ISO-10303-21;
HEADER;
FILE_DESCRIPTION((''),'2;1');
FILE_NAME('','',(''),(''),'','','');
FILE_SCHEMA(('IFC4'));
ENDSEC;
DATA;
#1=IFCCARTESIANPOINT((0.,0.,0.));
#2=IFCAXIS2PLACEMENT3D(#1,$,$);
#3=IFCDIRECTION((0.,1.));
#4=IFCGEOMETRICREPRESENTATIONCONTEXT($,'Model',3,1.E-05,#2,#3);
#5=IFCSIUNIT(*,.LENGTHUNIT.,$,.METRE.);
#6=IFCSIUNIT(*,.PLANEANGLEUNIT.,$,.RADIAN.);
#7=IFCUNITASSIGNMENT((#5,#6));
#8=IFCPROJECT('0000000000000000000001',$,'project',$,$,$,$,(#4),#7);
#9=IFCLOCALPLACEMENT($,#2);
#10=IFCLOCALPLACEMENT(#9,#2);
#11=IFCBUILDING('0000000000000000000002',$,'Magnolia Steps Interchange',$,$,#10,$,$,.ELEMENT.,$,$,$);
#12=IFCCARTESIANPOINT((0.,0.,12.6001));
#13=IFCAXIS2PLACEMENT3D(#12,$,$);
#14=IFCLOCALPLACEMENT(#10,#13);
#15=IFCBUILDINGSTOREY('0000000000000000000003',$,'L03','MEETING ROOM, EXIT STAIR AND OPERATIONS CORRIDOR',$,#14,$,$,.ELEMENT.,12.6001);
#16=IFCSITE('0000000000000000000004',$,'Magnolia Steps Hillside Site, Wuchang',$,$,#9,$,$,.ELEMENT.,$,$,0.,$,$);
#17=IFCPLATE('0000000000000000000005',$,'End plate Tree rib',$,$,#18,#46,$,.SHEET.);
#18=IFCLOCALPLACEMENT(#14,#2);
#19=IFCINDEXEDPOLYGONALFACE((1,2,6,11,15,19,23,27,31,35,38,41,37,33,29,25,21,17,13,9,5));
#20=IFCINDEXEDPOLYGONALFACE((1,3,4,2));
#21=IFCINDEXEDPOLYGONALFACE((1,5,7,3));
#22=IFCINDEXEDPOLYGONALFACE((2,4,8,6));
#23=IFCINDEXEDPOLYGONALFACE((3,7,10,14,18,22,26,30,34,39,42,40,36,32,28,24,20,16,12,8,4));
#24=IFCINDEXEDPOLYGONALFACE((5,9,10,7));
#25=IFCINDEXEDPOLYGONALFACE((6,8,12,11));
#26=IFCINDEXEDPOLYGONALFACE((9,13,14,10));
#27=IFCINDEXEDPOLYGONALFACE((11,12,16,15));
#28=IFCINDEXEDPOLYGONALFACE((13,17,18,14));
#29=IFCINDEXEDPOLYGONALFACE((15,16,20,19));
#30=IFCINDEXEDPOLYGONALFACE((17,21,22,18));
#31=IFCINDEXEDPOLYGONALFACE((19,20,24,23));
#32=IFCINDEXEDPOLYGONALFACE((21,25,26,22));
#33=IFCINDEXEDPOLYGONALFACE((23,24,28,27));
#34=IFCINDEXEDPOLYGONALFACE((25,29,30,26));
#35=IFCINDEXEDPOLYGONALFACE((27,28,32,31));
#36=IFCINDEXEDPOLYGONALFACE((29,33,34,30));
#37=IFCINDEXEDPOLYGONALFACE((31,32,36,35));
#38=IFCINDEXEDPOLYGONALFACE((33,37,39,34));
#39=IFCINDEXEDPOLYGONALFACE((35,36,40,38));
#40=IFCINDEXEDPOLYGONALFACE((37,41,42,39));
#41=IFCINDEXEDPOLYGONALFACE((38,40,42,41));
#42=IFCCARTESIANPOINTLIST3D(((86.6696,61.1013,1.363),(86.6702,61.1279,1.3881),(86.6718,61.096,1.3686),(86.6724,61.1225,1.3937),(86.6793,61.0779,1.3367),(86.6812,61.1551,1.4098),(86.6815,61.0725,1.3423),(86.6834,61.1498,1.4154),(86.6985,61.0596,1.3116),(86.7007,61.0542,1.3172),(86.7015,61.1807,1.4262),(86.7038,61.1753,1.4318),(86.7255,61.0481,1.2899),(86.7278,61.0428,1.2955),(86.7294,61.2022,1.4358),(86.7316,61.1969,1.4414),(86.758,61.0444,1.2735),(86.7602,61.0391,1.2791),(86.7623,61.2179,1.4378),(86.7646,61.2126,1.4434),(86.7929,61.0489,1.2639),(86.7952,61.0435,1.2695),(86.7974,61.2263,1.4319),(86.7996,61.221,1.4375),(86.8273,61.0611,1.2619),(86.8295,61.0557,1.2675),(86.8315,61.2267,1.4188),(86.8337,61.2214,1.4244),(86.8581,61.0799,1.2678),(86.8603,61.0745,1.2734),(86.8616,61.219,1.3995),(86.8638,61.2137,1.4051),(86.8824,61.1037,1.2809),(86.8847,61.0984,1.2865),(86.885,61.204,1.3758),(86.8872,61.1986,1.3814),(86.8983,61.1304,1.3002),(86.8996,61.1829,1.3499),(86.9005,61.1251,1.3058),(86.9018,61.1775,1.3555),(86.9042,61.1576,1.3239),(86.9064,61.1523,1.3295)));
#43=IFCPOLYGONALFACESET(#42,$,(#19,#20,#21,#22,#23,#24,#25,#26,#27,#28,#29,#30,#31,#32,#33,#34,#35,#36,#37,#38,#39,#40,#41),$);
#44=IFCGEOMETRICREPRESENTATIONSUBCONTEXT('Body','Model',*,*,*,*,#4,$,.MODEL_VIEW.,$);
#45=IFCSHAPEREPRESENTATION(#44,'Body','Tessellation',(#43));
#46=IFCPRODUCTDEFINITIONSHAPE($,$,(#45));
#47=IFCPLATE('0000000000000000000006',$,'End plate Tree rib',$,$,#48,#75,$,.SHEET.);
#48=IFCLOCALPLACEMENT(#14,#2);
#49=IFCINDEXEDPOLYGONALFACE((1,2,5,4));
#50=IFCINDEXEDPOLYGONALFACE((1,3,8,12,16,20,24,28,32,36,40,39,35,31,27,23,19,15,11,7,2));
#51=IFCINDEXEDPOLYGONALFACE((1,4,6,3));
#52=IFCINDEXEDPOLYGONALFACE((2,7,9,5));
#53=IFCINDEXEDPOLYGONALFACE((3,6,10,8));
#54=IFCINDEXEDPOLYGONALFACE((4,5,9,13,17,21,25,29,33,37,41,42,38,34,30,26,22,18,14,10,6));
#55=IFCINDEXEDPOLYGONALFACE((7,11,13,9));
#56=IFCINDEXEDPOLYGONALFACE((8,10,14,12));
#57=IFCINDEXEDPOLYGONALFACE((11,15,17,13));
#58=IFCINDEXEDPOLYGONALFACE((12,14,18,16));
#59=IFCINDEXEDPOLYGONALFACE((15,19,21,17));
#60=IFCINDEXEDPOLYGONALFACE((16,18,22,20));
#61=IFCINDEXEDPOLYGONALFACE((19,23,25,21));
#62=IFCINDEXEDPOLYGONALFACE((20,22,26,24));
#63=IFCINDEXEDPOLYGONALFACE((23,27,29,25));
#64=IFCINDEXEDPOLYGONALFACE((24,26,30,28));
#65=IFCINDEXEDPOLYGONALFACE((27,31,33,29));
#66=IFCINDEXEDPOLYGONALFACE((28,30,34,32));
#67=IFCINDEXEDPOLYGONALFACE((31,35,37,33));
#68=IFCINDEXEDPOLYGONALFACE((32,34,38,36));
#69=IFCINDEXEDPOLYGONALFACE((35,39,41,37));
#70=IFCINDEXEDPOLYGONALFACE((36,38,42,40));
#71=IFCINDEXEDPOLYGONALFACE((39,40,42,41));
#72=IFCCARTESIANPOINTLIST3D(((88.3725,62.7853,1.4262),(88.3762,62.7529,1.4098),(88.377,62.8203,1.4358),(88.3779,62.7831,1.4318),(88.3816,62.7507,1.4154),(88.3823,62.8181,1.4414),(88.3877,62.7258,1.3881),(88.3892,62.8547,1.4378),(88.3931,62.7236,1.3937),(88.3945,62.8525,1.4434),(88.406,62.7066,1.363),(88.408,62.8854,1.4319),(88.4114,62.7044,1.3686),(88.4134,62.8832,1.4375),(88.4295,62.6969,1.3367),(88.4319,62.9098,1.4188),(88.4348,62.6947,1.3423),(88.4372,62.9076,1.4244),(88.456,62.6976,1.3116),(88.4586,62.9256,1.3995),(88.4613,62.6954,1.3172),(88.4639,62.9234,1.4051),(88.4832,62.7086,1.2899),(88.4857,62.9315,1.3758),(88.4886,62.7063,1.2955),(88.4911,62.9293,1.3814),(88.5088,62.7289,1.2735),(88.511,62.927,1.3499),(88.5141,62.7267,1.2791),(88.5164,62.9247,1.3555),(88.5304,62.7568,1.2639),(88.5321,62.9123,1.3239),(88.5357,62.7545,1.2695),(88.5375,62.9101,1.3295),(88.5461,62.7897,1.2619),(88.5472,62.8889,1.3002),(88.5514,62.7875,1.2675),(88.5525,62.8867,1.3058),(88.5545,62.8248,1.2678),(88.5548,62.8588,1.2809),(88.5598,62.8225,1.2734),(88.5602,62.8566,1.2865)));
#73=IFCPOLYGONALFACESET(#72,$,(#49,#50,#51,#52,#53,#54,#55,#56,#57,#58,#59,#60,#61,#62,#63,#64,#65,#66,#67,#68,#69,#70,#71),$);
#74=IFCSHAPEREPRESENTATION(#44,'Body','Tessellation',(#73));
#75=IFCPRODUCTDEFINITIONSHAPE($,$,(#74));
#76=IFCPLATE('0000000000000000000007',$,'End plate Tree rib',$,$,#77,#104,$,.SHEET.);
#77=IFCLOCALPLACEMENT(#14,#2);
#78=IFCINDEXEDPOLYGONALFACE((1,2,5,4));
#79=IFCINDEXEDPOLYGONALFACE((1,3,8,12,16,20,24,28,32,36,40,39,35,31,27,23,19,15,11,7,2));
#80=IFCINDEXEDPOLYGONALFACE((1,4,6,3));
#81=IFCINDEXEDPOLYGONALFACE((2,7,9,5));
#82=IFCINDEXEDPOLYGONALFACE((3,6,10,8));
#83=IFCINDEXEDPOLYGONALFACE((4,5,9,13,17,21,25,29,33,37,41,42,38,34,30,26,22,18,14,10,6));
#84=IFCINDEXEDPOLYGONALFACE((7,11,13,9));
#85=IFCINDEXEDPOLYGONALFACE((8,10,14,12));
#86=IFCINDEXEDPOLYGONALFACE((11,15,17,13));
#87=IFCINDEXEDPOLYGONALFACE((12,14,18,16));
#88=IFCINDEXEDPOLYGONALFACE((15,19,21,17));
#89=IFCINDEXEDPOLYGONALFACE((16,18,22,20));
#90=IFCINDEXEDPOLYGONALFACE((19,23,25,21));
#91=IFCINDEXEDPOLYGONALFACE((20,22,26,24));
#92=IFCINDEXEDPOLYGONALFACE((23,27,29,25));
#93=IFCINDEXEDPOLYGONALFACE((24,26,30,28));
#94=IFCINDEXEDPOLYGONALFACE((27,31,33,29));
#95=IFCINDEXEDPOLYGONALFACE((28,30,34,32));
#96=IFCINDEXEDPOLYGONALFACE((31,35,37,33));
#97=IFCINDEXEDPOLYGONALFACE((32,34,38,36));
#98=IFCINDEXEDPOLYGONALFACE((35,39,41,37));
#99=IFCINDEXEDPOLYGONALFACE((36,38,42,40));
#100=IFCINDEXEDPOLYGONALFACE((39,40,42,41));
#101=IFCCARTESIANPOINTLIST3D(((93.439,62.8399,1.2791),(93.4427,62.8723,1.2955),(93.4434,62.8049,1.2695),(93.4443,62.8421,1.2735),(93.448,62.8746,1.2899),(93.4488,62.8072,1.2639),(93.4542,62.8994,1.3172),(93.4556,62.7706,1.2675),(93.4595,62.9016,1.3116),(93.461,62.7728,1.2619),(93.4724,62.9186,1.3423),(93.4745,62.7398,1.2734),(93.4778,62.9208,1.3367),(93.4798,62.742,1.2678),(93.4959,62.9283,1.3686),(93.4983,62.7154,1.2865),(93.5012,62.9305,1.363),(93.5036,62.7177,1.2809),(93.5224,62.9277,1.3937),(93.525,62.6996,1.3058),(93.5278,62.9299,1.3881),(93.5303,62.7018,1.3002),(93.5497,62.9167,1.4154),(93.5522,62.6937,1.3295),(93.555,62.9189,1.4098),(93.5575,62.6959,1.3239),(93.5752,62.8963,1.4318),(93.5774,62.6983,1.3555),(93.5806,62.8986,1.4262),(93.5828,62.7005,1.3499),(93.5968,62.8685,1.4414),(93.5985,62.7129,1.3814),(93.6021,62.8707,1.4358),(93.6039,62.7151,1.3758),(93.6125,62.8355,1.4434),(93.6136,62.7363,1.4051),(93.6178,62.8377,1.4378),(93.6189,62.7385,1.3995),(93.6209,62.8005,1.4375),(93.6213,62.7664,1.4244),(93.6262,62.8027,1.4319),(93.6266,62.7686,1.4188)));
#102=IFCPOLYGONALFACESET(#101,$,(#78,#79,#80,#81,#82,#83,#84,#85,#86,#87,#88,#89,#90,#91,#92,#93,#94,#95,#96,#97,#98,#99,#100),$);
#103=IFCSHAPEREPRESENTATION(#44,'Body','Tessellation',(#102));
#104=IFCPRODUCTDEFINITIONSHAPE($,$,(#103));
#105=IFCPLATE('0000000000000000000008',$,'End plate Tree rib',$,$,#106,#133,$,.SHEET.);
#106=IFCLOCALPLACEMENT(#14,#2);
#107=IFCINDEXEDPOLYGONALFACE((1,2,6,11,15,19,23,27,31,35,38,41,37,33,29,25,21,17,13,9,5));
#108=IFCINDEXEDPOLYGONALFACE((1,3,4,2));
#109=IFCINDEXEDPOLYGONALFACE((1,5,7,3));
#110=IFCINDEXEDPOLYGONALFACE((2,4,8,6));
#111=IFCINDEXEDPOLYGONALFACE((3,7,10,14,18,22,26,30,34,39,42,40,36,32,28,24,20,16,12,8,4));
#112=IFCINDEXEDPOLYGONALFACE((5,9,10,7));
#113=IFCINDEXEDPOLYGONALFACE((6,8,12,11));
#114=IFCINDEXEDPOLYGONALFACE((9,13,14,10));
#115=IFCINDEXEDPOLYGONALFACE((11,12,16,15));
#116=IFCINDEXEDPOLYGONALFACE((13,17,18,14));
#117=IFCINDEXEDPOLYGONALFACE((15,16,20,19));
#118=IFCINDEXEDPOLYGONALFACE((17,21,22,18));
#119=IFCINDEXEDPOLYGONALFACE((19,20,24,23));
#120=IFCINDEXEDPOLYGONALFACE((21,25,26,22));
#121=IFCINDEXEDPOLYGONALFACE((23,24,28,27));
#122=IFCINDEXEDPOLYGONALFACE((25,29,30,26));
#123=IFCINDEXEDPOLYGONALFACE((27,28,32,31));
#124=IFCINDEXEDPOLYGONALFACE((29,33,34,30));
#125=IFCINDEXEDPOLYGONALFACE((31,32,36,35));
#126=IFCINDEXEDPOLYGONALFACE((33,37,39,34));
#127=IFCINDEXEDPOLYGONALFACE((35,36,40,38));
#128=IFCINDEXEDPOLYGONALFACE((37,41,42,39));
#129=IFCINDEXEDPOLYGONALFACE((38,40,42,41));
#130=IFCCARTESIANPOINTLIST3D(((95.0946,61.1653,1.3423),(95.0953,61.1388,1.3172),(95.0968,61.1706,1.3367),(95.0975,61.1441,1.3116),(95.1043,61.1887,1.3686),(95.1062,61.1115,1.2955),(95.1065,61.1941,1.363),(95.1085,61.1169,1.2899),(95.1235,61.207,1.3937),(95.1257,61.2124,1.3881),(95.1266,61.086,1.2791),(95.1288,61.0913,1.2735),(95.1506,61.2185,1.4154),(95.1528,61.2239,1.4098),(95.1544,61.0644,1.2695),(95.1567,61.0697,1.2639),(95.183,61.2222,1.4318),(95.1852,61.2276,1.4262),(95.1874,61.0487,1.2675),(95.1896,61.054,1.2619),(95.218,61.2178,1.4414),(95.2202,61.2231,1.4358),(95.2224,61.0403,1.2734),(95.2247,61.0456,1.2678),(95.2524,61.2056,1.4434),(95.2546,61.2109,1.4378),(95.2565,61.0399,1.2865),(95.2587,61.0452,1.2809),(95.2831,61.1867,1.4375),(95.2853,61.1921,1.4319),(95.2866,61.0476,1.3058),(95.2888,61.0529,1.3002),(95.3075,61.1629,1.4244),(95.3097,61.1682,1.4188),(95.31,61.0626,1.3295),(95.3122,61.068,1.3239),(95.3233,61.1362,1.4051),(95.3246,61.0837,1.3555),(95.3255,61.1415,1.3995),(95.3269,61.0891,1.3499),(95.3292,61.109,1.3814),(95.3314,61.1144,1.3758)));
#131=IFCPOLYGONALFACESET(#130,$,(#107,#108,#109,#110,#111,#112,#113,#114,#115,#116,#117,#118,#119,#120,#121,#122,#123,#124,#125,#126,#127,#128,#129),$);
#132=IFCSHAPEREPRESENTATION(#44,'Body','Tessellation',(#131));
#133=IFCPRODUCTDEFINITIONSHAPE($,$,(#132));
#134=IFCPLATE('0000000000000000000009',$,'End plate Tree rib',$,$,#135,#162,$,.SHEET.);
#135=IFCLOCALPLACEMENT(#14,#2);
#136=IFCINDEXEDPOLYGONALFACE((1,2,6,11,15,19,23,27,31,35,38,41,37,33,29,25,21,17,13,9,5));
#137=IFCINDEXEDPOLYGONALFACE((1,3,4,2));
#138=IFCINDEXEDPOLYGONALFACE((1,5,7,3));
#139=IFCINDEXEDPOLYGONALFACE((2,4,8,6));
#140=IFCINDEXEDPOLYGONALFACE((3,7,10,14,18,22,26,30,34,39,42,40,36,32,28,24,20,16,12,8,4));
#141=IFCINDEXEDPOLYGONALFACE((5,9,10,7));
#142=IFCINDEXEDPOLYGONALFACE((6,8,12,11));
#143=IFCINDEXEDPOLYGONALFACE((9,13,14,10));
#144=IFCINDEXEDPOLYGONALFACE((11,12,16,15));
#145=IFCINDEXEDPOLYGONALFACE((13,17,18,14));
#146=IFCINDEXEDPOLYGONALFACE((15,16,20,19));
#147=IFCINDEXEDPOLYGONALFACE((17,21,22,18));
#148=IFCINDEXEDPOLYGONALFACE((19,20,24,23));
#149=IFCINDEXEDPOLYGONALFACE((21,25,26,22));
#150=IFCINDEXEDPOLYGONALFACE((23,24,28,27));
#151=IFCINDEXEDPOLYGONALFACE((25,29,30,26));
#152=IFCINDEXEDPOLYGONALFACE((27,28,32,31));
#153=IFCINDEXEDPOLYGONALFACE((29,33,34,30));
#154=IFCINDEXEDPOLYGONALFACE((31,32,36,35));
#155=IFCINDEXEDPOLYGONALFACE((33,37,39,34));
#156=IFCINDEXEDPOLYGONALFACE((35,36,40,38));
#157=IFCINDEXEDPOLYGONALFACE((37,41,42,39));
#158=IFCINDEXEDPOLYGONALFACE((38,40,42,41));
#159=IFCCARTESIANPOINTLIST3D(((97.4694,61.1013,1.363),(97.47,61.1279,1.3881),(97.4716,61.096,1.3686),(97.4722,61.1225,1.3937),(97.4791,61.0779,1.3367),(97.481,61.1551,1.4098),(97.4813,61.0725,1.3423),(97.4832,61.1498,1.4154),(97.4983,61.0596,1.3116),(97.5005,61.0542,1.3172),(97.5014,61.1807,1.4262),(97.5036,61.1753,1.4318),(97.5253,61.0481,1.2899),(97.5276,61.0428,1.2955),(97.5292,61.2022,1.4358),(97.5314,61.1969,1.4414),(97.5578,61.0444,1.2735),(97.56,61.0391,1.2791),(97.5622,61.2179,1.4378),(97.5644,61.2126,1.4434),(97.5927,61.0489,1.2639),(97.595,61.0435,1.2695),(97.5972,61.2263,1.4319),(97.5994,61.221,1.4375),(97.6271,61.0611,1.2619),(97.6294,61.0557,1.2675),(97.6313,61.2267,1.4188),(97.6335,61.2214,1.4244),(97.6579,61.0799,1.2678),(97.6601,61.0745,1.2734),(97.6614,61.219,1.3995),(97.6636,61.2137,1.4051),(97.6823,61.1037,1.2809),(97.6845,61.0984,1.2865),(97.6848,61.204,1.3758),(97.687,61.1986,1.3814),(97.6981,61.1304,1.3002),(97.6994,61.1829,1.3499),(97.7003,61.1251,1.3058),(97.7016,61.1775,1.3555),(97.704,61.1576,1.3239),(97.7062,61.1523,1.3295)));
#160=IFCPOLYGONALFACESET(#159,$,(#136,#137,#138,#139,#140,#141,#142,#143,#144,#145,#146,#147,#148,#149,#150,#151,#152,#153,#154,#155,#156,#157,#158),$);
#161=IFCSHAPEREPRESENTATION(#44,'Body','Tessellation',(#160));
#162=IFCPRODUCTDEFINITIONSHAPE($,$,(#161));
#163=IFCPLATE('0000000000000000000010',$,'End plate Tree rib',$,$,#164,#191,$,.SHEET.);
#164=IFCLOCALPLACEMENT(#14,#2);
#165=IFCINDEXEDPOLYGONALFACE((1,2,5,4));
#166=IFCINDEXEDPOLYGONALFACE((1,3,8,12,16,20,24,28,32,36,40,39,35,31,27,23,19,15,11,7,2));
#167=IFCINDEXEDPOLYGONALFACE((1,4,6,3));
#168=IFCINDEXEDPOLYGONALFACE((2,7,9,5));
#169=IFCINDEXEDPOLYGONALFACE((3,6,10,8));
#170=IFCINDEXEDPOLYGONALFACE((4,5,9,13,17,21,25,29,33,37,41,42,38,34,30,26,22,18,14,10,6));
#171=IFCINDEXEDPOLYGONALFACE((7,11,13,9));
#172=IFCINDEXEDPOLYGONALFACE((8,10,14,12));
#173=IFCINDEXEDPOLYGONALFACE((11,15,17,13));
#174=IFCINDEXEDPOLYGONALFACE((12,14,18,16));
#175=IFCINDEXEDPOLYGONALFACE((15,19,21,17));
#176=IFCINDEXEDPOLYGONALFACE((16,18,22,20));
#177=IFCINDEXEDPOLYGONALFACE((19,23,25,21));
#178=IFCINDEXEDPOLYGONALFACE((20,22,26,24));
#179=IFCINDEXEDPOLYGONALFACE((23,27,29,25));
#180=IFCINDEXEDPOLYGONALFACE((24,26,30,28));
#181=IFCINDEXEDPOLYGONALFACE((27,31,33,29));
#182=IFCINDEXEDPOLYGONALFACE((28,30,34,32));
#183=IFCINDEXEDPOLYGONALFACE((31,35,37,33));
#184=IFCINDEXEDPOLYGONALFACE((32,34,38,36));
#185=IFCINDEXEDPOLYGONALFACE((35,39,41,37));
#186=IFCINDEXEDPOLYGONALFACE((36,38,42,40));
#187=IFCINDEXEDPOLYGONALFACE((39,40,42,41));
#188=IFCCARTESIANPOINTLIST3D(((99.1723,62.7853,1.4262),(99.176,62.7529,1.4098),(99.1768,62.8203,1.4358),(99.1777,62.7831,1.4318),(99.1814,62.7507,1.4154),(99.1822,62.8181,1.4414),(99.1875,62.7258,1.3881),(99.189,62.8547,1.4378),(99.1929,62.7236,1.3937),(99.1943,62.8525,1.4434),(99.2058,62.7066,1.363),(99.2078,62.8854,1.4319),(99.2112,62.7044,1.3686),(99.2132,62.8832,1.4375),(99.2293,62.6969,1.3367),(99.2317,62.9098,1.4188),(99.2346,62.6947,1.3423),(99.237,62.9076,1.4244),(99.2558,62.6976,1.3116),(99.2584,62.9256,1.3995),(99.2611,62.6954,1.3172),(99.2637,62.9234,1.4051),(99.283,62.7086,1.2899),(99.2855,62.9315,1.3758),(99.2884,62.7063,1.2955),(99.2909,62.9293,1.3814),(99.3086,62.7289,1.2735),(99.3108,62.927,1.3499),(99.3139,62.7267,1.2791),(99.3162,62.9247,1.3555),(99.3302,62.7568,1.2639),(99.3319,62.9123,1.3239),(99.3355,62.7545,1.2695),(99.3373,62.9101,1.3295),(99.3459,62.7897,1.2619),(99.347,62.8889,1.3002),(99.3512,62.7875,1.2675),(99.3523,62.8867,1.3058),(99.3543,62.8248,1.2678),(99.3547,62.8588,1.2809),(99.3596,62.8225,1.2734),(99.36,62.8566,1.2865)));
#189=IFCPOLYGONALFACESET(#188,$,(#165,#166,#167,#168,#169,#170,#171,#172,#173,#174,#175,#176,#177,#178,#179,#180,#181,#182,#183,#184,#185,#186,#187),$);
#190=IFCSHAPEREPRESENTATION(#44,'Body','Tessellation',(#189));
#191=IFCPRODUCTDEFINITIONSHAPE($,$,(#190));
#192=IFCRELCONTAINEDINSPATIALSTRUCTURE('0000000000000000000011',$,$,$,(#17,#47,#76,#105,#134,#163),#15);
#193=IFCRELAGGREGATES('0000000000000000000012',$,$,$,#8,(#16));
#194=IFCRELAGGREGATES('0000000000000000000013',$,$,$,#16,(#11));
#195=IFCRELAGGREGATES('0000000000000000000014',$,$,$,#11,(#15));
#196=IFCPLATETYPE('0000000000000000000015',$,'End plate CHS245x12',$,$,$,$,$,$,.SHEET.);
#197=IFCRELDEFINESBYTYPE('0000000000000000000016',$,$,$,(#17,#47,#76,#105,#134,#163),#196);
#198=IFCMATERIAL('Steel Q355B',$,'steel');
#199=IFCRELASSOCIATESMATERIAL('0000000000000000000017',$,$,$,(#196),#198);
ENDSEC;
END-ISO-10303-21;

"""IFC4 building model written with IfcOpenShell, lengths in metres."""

from ifc_helpers import new_model, si_unit, direction, frame, origin, origin_2d, place, context, subcontext, project, spatial, circle, extrude, material, material_profile, profile_set, type_object, element, save


model = new_model("IFC4")

# Units and contexts
model_context = context("Model", 3, precision=1e-05, world=origin(), true_north=direction((0.0, 1.0)))
body_context = subcontext(model_context, "Body", "Model", "MODEL_VIEW")
ifc_project = project(units=[si_unit("LENGTHUNIT", "METRE"), si_unit("PLANEANGLEUNIT", "RADIAN")], contexts=[model_context])

# Site, building, storey
site_placement = place(None, origin())
site = spatial("IfcSite", under=ifc_project, at=site_placement, Name="Magnolia Steps Hillside Site, Wuchang", CompositionType="ELEMENT", RefElevation=0.0)
building_placement = place(site_placement, origin())
building = spatial("IfcBuilding", under=site, at=building_placement, Name="Magnolia Steps Interchange", CompositionType="ELEMENT")
storey_placement = place(building_placement, frame((0.0, 0.0, 12.6001)))
storey = spatial("IfcBuildingStorey", under=building, at=storey_placement, Name="L03", Description="MEETING ROOM, EXIT STAIR AND OPERATIONS CORRIDOR", CompositionType="ELEMENT", Elevation=12.6001)

# Plates
ifc_material_1 = material(Name="Steel Q355B", Category="steel")
ifc_material_profile_1 = material_profile(ifc_material_1, circle(Radius=0.1226, at=origin_2d()), Name="End plate CHS245x12")
ifc_profile_set_1 = profile_set([ifc_material_profile_1], Name="Steel Q355B")
plate_type = type_object("IfcPlateType", Name="End plate CHS245x12", PredefinedType="SHEET", material=ifc_profile_set_1)
for number, where, z_axis, x_axis, name in (
    (1, (86.7864, 61.136, 1.3499), (0.275279, -0.664583, 0.694658), (0.92388, 0.382683, 0.0), "End plate Tree rib"),
    (2, (88.4641, 62.8137, 1.3499), (0.664583, -0.275279, 0.694658), (0.382683, 0.92388, 0.0), "End plate Tree rib"),
    (3, (93.5359, 62.8137, 1.3499), (-0.664583, -0.275279, 0.694658), (0.382683, -0.92388, 0.0), "End plate Tree rib"),
    (4, (95.2136, 61.136, 1.3499), (-0.275279, -0.664583, 0.694658), (0.92388, -0.382683, 0.0), "End plate Tree rib"),
    (5, (97.5862, 61.136, 1.3499), (0.275279, -0.664583, 0.694658), (0.92388, 0.382683, 0.0), "End plate Tree rib"),
    (6, (99.2639, 62.8137, 1.3499), (0.664583, -0.275279, 0.694658), (0.382683, 0.92388, 0.0), "End plate Tree rib"),
):
    element("IfcPlate", number, at=place(storey_placement, frame(where, z_axis=z_axis, x_axis=x_axis)), inside=storey, type_object=plate_type, Name=name, PredefinedType="SHEET", context=body_context, shape_type="SweptSolid", body=[
        extrude(circle(Radius=0.1226, at=origin_2d()), origin(), (0.0, 0.0, 1.0), 0.0081),
    ])

save(model, "model.ifc")
